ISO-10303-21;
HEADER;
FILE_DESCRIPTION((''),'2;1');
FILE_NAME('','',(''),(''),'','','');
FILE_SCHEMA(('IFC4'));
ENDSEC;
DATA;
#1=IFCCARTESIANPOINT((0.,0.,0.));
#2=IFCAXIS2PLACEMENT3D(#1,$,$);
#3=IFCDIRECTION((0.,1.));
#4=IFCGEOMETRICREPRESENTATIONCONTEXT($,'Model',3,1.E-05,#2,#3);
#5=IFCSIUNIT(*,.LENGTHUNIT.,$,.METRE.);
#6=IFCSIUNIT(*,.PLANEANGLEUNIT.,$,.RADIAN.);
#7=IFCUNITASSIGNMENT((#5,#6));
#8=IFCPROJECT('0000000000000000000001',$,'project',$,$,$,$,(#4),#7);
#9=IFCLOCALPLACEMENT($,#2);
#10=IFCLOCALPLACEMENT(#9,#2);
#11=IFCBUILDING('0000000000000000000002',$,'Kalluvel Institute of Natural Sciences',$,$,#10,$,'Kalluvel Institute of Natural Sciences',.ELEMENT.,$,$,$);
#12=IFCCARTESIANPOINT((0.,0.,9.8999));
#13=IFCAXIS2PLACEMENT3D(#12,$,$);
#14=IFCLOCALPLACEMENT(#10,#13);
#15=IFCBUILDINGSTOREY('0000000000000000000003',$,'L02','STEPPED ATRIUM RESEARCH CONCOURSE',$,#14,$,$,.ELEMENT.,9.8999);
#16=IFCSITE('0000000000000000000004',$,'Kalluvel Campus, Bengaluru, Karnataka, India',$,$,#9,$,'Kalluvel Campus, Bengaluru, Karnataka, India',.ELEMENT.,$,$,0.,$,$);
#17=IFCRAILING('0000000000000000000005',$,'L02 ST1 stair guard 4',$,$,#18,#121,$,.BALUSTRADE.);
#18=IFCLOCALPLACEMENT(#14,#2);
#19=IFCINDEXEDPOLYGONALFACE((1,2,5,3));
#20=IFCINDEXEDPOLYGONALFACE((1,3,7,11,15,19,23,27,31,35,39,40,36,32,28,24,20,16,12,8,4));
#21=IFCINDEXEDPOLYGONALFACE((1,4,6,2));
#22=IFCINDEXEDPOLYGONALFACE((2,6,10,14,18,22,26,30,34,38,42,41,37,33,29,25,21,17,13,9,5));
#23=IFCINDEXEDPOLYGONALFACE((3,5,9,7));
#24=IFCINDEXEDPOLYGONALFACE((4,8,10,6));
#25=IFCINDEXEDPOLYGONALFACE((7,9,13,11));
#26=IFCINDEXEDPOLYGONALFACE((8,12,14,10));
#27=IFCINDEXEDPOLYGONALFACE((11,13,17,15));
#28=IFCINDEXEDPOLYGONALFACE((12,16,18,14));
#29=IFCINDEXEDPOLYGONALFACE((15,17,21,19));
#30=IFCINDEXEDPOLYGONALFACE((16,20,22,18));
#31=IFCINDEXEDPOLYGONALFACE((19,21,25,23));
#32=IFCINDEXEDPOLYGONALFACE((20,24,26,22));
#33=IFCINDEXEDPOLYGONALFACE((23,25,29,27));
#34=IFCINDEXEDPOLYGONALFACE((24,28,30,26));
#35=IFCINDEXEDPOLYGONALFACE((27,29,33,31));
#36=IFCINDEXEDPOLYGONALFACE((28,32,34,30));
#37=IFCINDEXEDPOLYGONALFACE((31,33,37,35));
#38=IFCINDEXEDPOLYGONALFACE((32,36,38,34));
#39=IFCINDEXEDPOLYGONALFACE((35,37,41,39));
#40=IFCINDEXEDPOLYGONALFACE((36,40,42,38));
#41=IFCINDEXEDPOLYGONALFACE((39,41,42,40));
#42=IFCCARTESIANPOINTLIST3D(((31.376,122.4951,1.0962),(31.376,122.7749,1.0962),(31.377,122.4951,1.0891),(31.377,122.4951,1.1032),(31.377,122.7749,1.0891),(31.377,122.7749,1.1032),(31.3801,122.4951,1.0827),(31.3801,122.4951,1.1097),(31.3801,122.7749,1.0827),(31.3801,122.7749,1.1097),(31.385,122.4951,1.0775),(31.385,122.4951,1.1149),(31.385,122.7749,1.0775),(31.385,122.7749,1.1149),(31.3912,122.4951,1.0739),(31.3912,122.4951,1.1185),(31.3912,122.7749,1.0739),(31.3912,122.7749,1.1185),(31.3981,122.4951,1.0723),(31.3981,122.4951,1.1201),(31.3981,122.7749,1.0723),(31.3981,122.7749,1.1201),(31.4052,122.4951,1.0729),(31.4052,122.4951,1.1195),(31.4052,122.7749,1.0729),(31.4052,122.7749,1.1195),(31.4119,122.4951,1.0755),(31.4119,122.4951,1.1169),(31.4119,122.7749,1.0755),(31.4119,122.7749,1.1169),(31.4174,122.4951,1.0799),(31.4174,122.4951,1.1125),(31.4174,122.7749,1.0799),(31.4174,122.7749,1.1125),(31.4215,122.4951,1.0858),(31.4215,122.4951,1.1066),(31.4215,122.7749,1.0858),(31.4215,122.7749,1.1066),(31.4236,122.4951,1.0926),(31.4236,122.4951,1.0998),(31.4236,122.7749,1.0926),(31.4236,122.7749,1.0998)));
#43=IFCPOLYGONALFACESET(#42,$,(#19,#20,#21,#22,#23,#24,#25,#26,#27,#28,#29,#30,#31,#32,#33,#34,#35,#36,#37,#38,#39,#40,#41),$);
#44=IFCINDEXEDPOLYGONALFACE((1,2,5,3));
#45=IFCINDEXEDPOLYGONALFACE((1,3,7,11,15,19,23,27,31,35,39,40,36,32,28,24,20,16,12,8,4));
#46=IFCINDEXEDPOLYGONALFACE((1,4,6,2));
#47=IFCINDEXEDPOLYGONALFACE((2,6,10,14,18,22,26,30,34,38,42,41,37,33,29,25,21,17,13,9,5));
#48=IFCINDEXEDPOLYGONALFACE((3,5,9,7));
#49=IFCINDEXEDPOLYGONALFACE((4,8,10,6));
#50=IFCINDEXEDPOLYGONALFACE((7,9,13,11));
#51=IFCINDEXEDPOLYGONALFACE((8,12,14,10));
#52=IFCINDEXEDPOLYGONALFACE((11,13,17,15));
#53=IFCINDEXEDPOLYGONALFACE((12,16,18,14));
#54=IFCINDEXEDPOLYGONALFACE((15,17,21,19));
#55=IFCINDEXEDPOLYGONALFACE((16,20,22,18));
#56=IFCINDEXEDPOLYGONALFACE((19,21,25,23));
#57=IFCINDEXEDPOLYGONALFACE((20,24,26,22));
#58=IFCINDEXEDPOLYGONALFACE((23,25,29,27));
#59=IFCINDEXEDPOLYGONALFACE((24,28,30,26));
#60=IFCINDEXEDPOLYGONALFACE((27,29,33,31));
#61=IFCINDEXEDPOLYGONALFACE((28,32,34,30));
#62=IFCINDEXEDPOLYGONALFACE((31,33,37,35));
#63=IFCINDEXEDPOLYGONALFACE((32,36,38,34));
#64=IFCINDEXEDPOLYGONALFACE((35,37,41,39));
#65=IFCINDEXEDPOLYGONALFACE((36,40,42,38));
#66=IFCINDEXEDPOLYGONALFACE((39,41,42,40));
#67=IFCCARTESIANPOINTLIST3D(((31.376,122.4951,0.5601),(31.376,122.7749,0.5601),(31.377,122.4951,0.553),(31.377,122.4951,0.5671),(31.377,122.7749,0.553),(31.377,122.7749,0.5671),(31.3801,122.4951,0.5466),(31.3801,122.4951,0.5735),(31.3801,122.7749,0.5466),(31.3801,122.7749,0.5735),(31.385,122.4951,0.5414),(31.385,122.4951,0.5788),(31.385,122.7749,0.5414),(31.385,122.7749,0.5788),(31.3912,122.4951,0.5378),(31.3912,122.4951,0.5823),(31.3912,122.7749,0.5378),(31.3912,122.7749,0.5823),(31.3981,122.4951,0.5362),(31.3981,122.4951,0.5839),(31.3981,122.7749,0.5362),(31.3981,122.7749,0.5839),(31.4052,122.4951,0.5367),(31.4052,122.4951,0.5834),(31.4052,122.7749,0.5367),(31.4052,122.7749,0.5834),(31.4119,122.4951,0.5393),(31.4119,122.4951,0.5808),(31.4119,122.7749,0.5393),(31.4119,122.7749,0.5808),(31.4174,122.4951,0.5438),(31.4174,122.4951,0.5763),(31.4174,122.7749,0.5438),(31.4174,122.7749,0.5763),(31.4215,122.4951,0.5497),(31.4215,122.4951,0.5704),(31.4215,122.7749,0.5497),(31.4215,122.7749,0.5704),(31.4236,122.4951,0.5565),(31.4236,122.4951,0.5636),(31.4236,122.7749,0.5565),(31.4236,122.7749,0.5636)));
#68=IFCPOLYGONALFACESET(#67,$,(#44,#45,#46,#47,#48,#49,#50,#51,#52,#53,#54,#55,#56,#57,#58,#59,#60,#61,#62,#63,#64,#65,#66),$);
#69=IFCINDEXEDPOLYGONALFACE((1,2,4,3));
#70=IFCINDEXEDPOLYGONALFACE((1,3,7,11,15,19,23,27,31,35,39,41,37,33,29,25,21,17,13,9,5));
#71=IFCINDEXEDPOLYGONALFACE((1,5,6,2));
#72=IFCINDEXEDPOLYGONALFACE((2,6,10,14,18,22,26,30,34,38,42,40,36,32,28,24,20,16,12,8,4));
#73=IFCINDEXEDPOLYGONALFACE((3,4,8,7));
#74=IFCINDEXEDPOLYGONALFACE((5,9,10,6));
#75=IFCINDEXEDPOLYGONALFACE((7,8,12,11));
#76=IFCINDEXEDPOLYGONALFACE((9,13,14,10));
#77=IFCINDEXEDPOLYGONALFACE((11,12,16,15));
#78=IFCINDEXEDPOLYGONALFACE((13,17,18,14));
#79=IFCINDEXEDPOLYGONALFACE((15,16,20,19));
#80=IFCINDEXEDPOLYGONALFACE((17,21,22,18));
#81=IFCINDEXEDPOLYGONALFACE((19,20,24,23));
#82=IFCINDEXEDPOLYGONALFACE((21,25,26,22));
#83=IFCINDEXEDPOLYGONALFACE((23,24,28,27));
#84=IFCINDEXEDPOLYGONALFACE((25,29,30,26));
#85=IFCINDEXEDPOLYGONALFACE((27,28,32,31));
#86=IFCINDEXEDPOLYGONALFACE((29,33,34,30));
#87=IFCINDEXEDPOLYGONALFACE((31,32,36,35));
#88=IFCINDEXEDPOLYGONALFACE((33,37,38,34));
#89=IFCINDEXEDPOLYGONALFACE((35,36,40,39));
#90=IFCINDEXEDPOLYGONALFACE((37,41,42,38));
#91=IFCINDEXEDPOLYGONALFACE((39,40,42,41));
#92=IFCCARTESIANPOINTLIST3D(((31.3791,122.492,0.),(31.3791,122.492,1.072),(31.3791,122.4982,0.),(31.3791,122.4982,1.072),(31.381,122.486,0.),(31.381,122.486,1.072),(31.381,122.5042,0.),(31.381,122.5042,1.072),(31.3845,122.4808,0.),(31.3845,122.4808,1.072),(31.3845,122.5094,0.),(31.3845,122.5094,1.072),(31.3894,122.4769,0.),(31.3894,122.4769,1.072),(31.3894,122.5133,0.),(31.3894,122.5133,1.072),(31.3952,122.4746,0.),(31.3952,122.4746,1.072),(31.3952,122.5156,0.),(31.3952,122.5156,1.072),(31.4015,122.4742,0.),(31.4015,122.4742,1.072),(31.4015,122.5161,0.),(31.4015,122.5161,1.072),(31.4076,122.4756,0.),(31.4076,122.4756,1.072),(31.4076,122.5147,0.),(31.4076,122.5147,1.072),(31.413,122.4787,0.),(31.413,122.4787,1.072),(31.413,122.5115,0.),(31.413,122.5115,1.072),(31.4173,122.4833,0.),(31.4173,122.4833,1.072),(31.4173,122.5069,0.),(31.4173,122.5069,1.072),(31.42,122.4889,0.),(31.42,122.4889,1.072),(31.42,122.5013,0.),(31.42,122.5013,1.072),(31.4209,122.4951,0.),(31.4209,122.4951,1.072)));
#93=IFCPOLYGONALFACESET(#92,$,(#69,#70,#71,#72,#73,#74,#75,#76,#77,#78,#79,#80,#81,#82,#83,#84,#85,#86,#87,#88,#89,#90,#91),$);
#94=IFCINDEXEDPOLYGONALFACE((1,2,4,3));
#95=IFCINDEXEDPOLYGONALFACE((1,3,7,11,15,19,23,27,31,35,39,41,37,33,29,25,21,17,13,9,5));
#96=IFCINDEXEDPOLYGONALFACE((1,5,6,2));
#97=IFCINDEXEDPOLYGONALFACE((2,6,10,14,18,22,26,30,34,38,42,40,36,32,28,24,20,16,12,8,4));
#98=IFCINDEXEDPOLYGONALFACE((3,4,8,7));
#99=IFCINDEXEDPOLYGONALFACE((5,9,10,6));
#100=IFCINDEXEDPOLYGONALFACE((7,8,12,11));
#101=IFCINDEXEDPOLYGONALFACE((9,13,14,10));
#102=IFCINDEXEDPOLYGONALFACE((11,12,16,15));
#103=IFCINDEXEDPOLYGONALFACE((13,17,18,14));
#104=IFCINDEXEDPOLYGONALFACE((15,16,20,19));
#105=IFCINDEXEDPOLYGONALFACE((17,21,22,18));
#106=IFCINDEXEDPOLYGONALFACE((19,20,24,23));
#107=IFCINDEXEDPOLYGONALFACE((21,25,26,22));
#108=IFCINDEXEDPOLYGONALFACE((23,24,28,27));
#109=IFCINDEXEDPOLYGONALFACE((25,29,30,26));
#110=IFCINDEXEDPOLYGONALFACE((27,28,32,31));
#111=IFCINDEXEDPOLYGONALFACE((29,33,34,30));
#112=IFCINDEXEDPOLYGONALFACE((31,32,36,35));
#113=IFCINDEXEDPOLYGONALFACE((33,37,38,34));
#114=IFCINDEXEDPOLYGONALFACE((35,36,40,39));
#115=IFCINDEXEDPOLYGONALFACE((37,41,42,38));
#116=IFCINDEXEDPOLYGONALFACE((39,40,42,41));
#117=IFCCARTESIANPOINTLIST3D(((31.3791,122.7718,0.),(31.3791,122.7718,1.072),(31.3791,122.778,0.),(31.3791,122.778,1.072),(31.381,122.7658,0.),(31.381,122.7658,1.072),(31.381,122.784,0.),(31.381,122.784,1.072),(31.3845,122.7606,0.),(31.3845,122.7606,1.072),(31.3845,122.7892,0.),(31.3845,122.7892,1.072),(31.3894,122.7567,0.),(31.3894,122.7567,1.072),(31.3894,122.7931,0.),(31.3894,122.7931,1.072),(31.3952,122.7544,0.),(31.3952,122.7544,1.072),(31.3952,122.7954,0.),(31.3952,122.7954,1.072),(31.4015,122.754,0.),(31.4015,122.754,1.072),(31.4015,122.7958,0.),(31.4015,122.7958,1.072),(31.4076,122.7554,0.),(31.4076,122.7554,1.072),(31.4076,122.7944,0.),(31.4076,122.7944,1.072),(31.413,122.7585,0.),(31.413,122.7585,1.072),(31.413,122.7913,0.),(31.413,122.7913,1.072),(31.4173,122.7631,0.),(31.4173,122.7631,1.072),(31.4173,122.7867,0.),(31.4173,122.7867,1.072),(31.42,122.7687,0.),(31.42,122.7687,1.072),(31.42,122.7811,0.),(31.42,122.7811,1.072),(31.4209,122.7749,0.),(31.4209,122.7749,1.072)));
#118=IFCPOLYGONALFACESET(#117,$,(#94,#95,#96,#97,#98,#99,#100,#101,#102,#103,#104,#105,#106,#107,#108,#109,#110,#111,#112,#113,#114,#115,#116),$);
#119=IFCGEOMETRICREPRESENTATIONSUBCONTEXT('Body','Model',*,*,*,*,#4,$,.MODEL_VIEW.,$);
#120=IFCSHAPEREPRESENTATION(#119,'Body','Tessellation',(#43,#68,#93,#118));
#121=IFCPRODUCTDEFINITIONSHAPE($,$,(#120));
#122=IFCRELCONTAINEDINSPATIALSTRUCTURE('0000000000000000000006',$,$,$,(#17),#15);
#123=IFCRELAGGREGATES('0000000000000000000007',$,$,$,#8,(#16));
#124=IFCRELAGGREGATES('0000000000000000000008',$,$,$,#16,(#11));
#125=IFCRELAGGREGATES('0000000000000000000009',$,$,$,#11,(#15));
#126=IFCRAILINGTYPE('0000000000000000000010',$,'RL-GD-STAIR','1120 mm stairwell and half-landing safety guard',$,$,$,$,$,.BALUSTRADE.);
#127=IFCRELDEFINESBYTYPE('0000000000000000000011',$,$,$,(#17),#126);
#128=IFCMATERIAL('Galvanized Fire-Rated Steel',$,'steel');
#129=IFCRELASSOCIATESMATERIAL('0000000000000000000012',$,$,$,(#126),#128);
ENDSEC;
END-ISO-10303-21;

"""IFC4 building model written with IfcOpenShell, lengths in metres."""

from ifc_helpers import new_model, si_unit, direction, frame, origin, origin_2d, place, context, subcontext, project, spatial, circle, extrude, material, type_object, element, save


model = new_model("IFC4")

# Units and contexts
model_context = context("Model", 3, precision=1e-05, world=origin(), true_north=direction((0.0, 1.0)))
body_context = subcontext(model_context, "Body", "Model", "MODEL_VIEW")
ifc_project = project(units=[si_unit("LENGTHUNIT", "METRE"), si_unit("PLANEANGLEUNIT", "RADIAN")], contexts=[model_context])

# Site, building, storey
site_placement = place(None, origin())
site = spatial("IfcSite", under=ifc_project, at=site_placement, Name="Kalluvel Campus, Bengaluru, Karnataka, India", LongName="Kalluvel Campus, Bengaluru, Karnataka, India", CompositionType="ELEMENT", RefElevation=0.0)
building_placement = place(site_placement, origin())
building = spatial("IfcBuilding", under=site, at=building_placement, Name="Kalluvel Institute of Natural Sciences", LongName="Kalluvel Institute of Natural Sciences", CompositionType="ELEMENT")
storey_placement = place(building_placement, frame((0.0, 0.0, 9.8999)))
storey = spatial("IfcBuildingStorey", under=building, at=storey_placement, Name="L02", Description="STEPPED ATRIUM RESEARCH CONCOURSE", CompositionType="ELEMENT", Elevation=9.8999)

# Shared definitions
ifc_material_1 = material(Name="Galvanized Fire-Rated Steel", Category="steel")

# Railing
railing_type_1 = type_object("IfcRailingType", Name="RL-GD-STAIR", Description="1120 mm stairwell and half-landing safety guard", PredefinedType="BALUSTRADE", material=ifc_material_1)
railing_1_placement = place(storey_placement, frame((31.3999, 122.4951, 0.0)))
element("IfcRailing", 1, at=railing_1_placement, inside=storey, type_object=railing_type_1, Name="L02 ST1 stair guard 4", PredefinedType="BALUSTRADE", context=body_context, shape_type="SweptSolid", body=[
    extrude(circle(Radius=0.0239, at=origin_2d()), frame((0.0, 0.0, 1.0962), z_axis=(0.0, 1.0, 0.0), x_axis=(-1.0, 0.0, 0.0)), (0.0, 0.0, 1.0), 0.2798),
    extrude(circle(Radius=0.0239, at=origin_2d()), frame((0.0, 0.0, 0.5601), z_axis=(0.0, 1.0, 0.0), x_axis=(-1.0, 0.0, 0.0)), (0.0, 0.0, 1.0), 0.2798),
    extrude(circle(Radius=0.021, at=origin_2d()), origin(), (0.0, 0.0, 1.0), 1.072),
    extrude(circle(Radius=0.021, at=origin_2d()), frame((0.0, 0.2798, 0.0)), (0.0, 0.0, 1.0), 1.072),
])

save(model, "model.ifc")
